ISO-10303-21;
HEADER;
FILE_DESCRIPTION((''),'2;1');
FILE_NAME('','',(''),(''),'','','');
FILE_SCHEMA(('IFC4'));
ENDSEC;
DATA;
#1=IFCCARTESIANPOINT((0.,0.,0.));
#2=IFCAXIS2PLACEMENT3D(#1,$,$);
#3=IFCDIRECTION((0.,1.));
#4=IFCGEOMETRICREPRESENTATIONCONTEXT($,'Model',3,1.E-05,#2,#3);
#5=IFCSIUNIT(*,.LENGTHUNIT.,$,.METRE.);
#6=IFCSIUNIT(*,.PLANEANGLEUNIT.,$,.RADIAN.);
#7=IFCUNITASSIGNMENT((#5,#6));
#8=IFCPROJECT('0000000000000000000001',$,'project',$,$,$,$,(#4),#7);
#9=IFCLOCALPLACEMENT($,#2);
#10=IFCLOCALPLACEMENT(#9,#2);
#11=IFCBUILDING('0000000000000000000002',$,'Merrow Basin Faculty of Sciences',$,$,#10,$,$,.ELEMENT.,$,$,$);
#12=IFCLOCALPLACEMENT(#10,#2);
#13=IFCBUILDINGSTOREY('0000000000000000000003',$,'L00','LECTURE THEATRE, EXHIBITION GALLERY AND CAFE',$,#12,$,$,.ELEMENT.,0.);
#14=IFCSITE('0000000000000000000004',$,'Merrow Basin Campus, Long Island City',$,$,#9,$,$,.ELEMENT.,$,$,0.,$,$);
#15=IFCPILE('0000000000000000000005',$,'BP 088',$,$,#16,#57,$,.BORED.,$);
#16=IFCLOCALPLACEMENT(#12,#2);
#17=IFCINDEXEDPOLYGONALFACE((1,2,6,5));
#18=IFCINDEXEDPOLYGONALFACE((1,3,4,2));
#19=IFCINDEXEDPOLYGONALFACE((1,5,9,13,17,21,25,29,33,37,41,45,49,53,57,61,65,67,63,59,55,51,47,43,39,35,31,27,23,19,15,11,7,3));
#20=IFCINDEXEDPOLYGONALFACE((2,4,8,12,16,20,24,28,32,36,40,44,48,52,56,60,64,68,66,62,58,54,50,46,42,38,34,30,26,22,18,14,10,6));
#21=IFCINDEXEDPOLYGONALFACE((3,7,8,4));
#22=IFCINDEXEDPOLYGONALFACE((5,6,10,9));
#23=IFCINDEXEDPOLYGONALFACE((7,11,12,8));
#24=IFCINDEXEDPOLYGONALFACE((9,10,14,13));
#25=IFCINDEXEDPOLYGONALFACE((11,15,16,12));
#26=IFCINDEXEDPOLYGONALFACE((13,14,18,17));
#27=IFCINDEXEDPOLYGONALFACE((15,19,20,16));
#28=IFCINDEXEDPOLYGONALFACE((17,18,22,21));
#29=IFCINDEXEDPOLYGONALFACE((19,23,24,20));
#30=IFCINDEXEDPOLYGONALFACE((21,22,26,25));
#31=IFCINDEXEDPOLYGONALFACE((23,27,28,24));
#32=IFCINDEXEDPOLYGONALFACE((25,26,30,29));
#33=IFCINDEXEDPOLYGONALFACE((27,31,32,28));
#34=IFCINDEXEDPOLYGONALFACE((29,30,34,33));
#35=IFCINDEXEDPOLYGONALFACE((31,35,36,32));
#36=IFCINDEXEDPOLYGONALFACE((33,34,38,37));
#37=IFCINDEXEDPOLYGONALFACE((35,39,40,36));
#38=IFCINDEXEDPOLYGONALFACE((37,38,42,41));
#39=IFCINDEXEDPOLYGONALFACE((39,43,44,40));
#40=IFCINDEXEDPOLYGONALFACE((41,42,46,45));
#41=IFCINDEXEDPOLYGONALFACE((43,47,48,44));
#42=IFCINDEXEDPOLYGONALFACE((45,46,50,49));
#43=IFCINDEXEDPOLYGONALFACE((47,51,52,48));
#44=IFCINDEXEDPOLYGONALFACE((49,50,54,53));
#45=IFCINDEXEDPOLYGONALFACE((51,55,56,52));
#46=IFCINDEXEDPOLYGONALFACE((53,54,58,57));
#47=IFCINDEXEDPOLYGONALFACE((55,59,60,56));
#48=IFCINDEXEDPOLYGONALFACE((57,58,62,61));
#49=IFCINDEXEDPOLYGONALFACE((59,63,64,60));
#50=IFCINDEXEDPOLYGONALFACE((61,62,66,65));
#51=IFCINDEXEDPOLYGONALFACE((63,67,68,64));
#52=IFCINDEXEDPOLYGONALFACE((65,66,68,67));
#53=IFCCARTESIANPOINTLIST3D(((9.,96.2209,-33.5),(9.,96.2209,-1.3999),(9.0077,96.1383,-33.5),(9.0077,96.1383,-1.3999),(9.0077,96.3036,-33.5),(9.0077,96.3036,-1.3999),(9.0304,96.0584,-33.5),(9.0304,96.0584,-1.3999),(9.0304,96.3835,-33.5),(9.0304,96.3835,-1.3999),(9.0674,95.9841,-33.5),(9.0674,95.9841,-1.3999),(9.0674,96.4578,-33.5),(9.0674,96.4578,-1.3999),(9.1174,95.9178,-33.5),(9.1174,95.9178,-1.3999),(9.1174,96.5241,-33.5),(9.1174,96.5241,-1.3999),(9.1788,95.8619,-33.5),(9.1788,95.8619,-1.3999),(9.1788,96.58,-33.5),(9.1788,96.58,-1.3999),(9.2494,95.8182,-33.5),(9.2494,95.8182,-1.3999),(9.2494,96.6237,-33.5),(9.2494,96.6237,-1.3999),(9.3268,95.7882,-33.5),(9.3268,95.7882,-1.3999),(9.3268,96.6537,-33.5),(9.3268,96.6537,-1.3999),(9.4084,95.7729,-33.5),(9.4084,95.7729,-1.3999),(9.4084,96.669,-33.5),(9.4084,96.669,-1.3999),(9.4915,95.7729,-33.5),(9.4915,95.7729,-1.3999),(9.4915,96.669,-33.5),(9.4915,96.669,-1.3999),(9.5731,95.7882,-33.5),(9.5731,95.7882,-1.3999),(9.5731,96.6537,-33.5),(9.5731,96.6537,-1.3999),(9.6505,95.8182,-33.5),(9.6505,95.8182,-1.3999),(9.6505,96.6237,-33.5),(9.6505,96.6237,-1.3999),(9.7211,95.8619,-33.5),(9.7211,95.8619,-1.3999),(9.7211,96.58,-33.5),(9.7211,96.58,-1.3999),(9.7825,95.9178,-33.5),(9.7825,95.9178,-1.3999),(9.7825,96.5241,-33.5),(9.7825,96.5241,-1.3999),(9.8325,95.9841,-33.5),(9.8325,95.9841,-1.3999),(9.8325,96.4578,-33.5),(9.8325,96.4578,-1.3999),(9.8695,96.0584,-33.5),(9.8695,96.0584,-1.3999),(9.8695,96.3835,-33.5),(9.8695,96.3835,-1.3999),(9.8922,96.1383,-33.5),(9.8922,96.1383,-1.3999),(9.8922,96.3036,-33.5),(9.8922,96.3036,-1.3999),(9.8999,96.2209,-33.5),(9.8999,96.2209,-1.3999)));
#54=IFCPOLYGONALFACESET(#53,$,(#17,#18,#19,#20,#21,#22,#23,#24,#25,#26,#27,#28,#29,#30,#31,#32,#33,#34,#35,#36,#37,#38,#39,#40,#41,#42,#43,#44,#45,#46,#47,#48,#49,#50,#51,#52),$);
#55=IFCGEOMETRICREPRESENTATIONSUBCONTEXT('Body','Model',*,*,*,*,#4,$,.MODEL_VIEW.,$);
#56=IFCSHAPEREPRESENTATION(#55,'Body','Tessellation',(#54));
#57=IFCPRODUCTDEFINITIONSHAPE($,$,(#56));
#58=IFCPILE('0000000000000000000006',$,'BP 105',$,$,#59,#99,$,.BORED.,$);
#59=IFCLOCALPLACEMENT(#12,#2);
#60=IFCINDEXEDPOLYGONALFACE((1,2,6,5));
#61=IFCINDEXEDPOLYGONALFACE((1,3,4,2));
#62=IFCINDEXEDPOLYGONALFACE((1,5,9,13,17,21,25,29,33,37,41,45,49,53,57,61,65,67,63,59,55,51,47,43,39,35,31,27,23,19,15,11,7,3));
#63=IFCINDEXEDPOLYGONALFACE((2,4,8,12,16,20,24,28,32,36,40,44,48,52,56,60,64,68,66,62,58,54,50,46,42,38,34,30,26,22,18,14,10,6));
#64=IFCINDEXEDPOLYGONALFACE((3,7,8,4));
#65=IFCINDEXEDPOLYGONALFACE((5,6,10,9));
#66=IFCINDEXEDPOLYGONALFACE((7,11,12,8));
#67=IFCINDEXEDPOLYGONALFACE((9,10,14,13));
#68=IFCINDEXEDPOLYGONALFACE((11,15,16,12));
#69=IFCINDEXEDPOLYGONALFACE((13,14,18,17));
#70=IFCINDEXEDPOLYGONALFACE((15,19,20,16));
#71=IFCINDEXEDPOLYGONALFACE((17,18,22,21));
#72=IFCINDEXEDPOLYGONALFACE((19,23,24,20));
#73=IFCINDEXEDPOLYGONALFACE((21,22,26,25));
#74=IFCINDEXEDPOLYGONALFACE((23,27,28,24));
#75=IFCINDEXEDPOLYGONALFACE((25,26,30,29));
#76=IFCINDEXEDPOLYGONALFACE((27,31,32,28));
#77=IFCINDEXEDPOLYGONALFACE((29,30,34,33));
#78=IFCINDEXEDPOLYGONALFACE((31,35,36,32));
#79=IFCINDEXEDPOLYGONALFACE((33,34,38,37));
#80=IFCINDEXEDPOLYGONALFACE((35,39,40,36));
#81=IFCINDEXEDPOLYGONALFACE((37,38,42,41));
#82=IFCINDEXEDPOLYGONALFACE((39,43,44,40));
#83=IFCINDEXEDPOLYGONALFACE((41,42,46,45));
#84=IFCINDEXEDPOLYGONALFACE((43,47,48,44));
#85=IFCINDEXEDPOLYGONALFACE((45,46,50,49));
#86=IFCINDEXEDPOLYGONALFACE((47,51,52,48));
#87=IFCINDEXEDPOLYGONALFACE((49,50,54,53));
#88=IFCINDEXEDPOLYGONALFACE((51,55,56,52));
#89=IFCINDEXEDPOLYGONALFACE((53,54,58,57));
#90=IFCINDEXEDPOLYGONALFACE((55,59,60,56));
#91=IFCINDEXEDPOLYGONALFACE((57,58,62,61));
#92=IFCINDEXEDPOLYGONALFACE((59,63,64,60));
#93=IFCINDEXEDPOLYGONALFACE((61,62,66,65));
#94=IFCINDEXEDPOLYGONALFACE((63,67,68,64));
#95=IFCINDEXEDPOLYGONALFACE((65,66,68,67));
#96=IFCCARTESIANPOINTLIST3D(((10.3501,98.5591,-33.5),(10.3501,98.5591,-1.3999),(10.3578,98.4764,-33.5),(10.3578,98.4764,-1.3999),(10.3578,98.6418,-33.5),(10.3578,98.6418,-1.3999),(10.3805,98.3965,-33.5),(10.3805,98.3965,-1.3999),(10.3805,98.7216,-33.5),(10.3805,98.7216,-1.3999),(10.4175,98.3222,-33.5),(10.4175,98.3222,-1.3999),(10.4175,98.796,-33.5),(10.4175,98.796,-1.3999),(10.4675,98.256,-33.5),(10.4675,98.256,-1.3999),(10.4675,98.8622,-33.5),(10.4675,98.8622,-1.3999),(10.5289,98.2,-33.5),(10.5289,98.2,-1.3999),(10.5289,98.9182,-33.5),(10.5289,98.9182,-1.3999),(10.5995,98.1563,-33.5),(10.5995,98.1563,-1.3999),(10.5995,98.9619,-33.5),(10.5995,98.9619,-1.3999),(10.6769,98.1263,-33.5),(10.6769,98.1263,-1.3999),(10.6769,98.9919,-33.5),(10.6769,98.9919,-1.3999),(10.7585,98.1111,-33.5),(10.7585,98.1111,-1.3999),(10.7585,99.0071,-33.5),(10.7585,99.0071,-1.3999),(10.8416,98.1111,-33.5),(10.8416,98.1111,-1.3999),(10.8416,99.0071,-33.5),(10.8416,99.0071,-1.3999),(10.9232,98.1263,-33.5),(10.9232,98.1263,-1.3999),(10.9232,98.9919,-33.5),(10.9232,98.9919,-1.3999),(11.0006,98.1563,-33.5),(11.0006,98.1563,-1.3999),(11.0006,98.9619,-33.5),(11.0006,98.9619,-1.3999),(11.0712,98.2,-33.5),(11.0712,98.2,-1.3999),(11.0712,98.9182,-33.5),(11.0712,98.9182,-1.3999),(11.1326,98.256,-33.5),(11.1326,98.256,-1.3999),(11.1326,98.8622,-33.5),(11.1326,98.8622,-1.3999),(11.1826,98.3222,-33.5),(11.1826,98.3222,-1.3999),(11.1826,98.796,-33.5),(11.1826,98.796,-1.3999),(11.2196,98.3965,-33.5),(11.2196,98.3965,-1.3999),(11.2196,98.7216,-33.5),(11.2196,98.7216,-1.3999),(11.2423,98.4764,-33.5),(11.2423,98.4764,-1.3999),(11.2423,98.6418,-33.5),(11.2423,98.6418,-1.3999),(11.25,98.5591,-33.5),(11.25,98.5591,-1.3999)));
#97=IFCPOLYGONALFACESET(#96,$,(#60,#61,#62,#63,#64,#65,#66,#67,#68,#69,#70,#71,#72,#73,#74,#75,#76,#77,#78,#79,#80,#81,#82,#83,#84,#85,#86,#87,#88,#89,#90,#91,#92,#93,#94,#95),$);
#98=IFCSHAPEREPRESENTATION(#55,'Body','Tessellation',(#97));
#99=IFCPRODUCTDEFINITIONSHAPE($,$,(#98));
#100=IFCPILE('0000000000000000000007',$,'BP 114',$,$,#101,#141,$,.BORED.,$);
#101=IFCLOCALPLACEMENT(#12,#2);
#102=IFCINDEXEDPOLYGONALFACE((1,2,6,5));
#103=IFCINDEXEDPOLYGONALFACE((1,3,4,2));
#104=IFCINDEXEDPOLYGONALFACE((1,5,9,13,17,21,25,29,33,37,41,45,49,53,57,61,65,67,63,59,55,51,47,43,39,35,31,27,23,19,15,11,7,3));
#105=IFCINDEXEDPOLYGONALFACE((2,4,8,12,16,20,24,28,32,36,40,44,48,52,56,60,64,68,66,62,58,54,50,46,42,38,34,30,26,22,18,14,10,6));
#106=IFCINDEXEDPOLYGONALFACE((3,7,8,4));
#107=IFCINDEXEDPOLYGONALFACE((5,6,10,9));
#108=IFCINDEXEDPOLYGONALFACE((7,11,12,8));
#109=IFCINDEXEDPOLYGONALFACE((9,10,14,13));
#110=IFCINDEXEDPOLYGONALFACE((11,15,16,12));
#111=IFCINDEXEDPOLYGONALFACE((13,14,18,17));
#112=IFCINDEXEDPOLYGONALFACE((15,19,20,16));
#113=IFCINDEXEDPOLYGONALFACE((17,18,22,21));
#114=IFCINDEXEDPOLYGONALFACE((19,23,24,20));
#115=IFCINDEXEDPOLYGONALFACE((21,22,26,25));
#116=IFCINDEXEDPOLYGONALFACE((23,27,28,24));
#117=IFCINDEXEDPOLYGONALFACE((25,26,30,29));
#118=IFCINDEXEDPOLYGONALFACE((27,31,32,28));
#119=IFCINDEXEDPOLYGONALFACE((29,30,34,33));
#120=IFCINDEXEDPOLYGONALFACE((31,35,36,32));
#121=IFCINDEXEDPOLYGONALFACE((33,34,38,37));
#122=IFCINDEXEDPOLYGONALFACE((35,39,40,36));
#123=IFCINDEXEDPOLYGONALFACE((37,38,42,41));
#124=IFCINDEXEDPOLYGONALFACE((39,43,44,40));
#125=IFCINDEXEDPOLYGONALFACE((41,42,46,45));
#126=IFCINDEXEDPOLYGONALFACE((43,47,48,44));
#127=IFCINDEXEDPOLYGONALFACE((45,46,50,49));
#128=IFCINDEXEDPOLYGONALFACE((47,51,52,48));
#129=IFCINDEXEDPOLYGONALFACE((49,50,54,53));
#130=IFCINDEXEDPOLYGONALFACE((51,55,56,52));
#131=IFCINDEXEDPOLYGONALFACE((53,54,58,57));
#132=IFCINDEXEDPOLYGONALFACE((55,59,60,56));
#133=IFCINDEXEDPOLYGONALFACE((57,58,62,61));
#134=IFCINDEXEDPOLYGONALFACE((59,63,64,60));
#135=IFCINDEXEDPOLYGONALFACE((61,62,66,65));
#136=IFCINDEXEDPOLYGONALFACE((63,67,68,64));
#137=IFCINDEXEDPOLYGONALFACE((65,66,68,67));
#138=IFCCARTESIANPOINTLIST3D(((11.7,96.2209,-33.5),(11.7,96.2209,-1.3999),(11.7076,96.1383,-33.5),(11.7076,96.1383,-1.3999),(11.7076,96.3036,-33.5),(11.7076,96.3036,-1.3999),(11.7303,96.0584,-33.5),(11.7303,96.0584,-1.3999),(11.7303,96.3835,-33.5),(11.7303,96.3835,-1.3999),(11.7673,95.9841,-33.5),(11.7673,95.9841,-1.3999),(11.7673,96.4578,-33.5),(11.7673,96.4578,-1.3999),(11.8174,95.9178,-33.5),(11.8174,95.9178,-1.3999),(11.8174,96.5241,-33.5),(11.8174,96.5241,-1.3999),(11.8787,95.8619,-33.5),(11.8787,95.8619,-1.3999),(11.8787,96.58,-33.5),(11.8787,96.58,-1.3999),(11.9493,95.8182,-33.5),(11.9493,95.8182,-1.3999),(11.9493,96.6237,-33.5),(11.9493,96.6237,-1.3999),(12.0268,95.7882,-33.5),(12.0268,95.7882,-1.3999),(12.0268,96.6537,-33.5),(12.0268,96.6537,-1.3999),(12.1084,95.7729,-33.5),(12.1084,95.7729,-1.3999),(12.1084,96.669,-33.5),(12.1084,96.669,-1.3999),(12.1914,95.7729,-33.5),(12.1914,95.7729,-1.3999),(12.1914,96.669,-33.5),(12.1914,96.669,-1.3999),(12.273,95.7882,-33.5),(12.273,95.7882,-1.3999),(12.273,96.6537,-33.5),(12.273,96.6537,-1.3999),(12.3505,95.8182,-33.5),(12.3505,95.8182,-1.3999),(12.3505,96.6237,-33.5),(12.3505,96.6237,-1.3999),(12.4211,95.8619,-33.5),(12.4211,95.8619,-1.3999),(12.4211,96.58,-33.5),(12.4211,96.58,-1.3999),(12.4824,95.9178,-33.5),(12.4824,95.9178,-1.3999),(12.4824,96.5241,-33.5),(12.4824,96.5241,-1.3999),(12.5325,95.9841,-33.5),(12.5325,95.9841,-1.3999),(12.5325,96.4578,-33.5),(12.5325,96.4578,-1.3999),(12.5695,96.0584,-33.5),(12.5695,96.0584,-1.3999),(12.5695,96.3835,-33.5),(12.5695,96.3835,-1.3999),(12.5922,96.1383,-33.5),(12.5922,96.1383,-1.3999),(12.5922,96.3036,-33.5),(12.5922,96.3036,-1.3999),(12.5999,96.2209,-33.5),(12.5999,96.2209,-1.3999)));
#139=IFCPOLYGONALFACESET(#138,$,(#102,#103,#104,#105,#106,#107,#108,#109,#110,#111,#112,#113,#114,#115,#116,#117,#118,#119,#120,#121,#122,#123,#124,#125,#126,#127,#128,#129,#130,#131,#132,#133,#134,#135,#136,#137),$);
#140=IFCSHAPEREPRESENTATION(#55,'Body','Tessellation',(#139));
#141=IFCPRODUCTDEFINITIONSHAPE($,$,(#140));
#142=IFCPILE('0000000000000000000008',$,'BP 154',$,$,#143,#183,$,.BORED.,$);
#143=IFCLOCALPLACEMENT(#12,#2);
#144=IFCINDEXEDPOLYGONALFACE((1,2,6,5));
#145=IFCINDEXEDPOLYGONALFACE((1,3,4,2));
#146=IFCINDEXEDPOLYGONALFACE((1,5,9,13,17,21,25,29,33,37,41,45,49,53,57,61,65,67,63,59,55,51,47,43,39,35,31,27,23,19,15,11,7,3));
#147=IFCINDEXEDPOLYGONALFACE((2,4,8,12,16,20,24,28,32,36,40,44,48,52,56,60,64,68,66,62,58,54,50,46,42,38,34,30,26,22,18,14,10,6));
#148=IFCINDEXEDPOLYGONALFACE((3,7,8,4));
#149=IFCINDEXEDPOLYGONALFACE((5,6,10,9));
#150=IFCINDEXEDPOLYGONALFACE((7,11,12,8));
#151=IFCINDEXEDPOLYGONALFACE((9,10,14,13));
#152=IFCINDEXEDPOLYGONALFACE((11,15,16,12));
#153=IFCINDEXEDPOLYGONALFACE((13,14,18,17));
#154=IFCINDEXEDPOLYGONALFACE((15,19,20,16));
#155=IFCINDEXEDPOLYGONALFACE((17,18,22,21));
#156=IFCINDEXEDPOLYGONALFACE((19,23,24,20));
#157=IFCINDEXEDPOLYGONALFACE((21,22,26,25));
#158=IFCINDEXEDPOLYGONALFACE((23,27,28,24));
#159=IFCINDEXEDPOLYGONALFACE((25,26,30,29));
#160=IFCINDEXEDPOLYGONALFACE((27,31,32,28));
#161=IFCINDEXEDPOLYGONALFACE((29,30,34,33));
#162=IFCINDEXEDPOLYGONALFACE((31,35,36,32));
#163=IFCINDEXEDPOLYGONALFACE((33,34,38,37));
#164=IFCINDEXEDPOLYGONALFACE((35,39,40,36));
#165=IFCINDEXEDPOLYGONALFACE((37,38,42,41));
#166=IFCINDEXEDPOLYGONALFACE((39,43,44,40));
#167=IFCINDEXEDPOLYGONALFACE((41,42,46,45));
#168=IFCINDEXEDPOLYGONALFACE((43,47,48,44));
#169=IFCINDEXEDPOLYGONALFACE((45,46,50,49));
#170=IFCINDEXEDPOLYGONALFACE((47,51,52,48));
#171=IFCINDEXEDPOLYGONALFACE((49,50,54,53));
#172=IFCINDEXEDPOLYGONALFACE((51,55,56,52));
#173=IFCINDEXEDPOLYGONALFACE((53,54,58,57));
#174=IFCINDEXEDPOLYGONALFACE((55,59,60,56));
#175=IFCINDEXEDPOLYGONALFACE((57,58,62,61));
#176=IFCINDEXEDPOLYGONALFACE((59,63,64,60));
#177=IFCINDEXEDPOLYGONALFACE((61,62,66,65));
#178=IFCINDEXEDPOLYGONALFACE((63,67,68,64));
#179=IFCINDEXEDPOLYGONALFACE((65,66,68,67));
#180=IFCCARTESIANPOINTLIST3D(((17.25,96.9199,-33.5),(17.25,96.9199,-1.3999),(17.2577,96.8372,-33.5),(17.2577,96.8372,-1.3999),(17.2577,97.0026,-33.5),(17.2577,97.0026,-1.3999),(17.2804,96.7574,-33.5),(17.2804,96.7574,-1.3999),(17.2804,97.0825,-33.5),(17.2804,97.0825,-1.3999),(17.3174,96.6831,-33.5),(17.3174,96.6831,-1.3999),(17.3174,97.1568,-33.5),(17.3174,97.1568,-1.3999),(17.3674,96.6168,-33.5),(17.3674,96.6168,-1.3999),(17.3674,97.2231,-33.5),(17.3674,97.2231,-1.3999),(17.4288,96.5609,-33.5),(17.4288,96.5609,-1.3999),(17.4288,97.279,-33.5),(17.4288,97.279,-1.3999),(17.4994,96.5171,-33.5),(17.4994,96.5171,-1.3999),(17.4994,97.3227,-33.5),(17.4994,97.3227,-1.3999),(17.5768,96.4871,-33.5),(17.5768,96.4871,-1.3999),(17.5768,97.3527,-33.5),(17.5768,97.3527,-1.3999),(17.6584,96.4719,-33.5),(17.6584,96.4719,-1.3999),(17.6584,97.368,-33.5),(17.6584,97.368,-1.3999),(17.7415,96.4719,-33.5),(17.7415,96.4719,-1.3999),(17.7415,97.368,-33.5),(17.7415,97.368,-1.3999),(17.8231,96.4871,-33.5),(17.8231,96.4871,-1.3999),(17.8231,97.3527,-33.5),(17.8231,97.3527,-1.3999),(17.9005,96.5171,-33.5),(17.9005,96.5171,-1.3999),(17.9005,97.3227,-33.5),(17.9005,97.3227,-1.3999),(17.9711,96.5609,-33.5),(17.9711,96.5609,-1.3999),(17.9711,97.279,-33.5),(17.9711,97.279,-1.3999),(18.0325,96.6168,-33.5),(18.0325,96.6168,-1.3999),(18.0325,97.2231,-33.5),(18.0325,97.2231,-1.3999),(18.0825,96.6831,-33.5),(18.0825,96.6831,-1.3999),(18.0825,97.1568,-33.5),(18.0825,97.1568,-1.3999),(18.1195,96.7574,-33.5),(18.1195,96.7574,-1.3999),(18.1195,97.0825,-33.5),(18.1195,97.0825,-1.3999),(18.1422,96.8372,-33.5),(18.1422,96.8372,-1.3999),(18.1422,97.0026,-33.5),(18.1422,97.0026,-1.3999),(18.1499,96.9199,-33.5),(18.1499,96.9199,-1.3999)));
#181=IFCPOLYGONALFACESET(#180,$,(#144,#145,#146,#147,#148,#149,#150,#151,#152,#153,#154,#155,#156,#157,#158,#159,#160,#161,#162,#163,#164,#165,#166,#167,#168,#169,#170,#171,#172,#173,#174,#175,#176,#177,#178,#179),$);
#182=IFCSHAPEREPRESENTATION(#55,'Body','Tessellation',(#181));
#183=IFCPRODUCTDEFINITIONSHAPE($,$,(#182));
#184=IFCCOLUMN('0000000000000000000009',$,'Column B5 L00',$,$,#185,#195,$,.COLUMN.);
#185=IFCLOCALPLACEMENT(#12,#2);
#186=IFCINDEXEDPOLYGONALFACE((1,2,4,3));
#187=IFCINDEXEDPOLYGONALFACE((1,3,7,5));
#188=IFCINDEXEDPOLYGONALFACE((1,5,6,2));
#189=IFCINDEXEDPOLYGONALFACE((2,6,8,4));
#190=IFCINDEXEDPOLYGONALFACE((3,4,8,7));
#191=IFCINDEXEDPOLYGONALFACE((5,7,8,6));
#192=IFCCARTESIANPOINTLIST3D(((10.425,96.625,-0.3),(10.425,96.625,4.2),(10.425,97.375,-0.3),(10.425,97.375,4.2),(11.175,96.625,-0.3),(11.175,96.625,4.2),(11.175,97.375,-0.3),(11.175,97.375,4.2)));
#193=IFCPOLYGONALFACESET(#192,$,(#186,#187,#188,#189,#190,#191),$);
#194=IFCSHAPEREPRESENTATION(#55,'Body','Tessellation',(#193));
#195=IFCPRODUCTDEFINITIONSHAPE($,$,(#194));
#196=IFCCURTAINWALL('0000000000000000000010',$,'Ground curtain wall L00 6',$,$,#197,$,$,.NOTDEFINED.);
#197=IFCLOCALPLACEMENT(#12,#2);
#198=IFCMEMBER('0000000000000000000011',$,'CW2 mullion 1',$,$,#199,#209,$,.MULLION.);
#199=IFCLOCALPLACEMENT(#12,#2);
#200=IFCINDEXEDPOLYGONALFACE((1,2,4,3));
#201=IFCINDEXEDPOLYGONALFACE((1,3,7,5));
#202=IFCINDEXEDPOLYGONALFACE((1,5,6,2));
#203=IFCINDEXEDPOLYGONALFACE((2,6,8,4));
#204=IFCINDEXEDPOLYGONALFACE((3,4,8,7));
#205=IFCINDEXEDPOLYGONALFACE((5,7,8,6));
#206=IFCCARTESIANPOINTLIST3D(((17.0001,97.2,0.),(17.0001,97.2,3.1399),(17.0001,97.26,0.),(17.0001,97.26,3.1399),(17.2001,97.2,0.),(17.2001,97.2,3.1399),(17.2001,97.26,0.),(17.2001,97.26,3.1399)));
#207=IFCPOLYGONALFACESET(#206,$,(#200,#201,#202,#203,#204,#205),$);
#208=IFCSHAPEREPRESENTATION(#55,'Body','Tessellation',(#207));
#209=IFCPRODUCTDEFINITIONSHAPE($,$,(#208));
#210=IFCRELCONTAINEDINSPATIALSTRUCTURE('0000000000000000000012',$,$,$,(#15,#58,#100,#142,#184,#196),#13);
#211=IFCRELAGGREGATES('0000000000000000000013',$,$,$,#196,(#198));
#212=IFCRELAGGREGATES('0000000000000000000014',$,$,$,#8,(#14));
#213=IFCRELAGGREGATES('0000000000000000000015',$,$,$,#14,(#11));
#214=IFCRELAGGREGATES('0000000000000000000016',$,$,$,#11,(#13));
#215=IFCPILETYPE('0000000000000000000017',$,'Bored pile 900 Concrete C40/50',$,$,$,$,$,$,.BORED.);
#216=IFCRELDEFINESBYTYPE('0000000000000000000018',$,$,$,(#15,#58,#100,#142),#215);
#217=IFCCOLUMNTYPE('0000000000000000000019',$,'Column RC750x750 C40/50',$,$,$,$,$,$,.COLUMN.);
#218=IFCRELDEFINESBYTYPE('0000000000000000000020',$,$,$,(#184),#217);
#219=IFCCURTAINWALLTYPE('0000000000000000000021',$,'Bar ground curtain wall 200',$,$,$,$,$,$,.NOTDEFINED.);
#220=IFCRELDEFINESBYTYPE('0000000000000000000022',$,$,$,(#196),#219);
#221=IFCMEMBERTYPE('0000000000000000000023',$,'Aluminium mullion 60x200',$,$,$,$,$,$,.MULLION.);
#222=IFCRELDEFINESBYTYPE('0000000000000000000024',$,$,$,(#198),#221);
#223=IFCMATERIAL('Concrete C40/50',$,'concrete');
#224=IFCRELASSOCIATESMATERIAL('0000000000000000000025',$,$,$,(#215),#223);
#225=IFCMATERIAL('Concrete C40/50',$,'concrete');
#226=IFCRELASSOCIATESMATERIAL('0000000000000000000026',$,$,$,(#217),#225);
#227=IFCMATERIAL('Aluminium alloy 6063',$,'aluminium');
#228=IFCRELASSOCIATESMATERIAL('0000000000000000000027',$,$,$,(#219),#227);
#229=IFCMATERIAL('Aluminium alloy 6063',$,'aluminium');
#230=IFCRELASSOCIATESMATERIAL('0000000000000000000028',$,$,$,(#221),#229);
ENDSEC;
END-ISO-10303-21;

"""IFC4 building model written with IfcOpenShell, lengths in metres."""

from ifc_helpers import new_model, si_unit, direction, frame, origin, origin_2d, place, context, subcontext, project, spatial, rectangle, circle, extrude, material, material_profile, profile_set, type_object, element, aggregate, save


model = new_model("IFC4")

# Units and contexts
model_context = context("Model", 3, precision=1e-05, world=origin(), true_north=direction((0.0, 1.0)))
body_context = subcontext(model_context, "Body", "Model", "MODEL_VIEW")
ifc_project = project(units=[si_unit("LENGTHUNIT", "METRE"), si_unit("PLANEANGLEUNIT", "RADIAN")], contexts=[model_context])

# Site, building, storey
site_placement = place(None, origin())
site = spatial("IfcSite", under=ifc_project, at=site_placement, Name="Merrow Basin Campus, Long Island City", CompositionType="ELEMENT", RefElevation=0.0)
building_placement = place(site_placement, origin())
building = spatial("IfcBuilding", under=site, at=building_placement, Name="Merrow Basin Faculty of Sciences", CompositionType="ELEMENT")
storey_placement = place(building_placement, origin())
storey = spatial("IfcBuildingStorey", under=building, at=storey_placement, Name="L00", Description="LECTURE THEATRE, EXHIBITION GALLERY AND CAFE", CompositionType="ELEMENT", Elevation=0.0)

# Piles
ifc_material_1 = material(Name="Concrete C40/50", Category="concrete")
ifc_material_profile_1 = material_profile(ifc_material_1, circle(Radius=0.45, at=origin_2d()))
ifc_profile_set_1 = profile_set([ifc_material_profile_1], Name="Concrete C40/50")
pile_type = type_object("IfcPileType", Name="Bored pile 900 Concrete C40/50", PredefinedType="BORED", material=ifc_profile_set_1)
for number, where, z_axis, x_axis, name in (
    (1, (9.45, 96.2209, -1.3999), (0.0, 0.0, -1.0), (1.0, 0.0, 0.0), "BP 088"),
    (2, (10.8, 98.5591, -1.3999), (0.0, 0.0, -1.0), (1.0, 0.0, 0.0), "BP 105"),
    (3, (12.1499, 96.2209, -1.3999), (0.0, 0.0, -1.0), (1.0, 0.0, 0.0), "BP 114"),
    (4, (17.7, 96.9199, -1.3999), (0.0, 0.0, -1.0), (1.0, 0.0, 0.0), "BP 154"),
):
    element("IfcPile", number, at=place(storey_placement, frame(where, z_axis=z_axis, x_axis=x_axis)), inside=storey, type_object=pile_type, Name=name, PredefinedType="BORED", context=body_context, shape_type="SweptSolid", body=[
        extrude(circle(Radius=0.45, at=origin_2d()), origin(), (0.0, 0.0, 1.0), 32.1001),
    ])

# Column
ifc_material_2 = material(Name="Concrete C40/50", Category="concrete")
ifc_material_profile_2 = material_profile(ifc_material_2, rectangle(XDim=0.75, YDim=0.75, at=origin_2d()))
ifc_profile_set_2 = profile_set([ifc_material_profile_2], Name="Concrete C40/50")
column_type = type_object("IfcColumnType", Name="Column RC750x750 C40/50", PredefinedType="COLUMN", material=ifc_profile_set_2)
column_placement = place(storey_placement, frame((10.8, 97.0, -0.3), z_axis=(0.0, 0.0, 1.0), x_axis=(1.0, 0.0, 0.0)))
element("IfcColumn", 5, at=column_placement, inside=storey, type_object=column_type, Name="Column B5 L00", PredefinedType="COLUMN", context=body_context, shape_type="SweptSolid", body=[
    extrude(rectangle(XDim=0.75, YDim=0.75, at=origin_2d()), origin(), (0.0, 0.0, 1.0), 4.5),
])

# Curtain wall, member
ifc_material_3 = material(Name="Aluminium alloy 6063", Category="aluminium")
curtain_wall_type = type_object("IfcCurtainWallType", Name="Bar ground curtain wall 200", PredefinedType="NOTDEFINED", material=ifc_material_3)
curtain_wall_placement = place(storey_placement, origin())
curtain_wall = element("IfcCurtainWall", 6, at=curtain_wall_placement, inside=storey, type_object=curtain_wall_type, Name="Ground curtain wall L00 6", PredefinedType="NOTDEFINED")
ifc_material_4 = material(Name="Aluminium alloy 6063", Category="aluminium")
ifc_material_profile_3 = material_profile(ifc_material_4, rectangle(XDim=0.2, YDim=0.0601, at=origin_2d()))
ifc_profile_set_3 = profile_set([ifc_material_profile_3], Name="Aluminium alloy 6063")
member_type_1 = type_object("IfcMemberType", Name="Aluminium mullion 60x200", PredefinedType="MULLION", material=ifc_profile_set_3)
member_1_placement = place(storey_placement, frame((17.1001, 97.23, 0.0), z_axis=(0.0, 0.0, 1.0), x_axis=(-1.0, 0.0, 0.0)))
member_1 = element("IfcMember", 7, at=member_1_placement, type_object=member_type_1, Name="CW2 mullion 1", PredefinedType="MULLION", context=body_context, shape_type="SweptSolid", body=[
    extrude(rectangle(XDim=0.2, YDim=0.0601, at=origin_2d()), origin(), (0.0, 0.0, 1.0), 3.1399),
])

aggregate(curtain_wall, [member_1])

save(model, "model.ifc")
